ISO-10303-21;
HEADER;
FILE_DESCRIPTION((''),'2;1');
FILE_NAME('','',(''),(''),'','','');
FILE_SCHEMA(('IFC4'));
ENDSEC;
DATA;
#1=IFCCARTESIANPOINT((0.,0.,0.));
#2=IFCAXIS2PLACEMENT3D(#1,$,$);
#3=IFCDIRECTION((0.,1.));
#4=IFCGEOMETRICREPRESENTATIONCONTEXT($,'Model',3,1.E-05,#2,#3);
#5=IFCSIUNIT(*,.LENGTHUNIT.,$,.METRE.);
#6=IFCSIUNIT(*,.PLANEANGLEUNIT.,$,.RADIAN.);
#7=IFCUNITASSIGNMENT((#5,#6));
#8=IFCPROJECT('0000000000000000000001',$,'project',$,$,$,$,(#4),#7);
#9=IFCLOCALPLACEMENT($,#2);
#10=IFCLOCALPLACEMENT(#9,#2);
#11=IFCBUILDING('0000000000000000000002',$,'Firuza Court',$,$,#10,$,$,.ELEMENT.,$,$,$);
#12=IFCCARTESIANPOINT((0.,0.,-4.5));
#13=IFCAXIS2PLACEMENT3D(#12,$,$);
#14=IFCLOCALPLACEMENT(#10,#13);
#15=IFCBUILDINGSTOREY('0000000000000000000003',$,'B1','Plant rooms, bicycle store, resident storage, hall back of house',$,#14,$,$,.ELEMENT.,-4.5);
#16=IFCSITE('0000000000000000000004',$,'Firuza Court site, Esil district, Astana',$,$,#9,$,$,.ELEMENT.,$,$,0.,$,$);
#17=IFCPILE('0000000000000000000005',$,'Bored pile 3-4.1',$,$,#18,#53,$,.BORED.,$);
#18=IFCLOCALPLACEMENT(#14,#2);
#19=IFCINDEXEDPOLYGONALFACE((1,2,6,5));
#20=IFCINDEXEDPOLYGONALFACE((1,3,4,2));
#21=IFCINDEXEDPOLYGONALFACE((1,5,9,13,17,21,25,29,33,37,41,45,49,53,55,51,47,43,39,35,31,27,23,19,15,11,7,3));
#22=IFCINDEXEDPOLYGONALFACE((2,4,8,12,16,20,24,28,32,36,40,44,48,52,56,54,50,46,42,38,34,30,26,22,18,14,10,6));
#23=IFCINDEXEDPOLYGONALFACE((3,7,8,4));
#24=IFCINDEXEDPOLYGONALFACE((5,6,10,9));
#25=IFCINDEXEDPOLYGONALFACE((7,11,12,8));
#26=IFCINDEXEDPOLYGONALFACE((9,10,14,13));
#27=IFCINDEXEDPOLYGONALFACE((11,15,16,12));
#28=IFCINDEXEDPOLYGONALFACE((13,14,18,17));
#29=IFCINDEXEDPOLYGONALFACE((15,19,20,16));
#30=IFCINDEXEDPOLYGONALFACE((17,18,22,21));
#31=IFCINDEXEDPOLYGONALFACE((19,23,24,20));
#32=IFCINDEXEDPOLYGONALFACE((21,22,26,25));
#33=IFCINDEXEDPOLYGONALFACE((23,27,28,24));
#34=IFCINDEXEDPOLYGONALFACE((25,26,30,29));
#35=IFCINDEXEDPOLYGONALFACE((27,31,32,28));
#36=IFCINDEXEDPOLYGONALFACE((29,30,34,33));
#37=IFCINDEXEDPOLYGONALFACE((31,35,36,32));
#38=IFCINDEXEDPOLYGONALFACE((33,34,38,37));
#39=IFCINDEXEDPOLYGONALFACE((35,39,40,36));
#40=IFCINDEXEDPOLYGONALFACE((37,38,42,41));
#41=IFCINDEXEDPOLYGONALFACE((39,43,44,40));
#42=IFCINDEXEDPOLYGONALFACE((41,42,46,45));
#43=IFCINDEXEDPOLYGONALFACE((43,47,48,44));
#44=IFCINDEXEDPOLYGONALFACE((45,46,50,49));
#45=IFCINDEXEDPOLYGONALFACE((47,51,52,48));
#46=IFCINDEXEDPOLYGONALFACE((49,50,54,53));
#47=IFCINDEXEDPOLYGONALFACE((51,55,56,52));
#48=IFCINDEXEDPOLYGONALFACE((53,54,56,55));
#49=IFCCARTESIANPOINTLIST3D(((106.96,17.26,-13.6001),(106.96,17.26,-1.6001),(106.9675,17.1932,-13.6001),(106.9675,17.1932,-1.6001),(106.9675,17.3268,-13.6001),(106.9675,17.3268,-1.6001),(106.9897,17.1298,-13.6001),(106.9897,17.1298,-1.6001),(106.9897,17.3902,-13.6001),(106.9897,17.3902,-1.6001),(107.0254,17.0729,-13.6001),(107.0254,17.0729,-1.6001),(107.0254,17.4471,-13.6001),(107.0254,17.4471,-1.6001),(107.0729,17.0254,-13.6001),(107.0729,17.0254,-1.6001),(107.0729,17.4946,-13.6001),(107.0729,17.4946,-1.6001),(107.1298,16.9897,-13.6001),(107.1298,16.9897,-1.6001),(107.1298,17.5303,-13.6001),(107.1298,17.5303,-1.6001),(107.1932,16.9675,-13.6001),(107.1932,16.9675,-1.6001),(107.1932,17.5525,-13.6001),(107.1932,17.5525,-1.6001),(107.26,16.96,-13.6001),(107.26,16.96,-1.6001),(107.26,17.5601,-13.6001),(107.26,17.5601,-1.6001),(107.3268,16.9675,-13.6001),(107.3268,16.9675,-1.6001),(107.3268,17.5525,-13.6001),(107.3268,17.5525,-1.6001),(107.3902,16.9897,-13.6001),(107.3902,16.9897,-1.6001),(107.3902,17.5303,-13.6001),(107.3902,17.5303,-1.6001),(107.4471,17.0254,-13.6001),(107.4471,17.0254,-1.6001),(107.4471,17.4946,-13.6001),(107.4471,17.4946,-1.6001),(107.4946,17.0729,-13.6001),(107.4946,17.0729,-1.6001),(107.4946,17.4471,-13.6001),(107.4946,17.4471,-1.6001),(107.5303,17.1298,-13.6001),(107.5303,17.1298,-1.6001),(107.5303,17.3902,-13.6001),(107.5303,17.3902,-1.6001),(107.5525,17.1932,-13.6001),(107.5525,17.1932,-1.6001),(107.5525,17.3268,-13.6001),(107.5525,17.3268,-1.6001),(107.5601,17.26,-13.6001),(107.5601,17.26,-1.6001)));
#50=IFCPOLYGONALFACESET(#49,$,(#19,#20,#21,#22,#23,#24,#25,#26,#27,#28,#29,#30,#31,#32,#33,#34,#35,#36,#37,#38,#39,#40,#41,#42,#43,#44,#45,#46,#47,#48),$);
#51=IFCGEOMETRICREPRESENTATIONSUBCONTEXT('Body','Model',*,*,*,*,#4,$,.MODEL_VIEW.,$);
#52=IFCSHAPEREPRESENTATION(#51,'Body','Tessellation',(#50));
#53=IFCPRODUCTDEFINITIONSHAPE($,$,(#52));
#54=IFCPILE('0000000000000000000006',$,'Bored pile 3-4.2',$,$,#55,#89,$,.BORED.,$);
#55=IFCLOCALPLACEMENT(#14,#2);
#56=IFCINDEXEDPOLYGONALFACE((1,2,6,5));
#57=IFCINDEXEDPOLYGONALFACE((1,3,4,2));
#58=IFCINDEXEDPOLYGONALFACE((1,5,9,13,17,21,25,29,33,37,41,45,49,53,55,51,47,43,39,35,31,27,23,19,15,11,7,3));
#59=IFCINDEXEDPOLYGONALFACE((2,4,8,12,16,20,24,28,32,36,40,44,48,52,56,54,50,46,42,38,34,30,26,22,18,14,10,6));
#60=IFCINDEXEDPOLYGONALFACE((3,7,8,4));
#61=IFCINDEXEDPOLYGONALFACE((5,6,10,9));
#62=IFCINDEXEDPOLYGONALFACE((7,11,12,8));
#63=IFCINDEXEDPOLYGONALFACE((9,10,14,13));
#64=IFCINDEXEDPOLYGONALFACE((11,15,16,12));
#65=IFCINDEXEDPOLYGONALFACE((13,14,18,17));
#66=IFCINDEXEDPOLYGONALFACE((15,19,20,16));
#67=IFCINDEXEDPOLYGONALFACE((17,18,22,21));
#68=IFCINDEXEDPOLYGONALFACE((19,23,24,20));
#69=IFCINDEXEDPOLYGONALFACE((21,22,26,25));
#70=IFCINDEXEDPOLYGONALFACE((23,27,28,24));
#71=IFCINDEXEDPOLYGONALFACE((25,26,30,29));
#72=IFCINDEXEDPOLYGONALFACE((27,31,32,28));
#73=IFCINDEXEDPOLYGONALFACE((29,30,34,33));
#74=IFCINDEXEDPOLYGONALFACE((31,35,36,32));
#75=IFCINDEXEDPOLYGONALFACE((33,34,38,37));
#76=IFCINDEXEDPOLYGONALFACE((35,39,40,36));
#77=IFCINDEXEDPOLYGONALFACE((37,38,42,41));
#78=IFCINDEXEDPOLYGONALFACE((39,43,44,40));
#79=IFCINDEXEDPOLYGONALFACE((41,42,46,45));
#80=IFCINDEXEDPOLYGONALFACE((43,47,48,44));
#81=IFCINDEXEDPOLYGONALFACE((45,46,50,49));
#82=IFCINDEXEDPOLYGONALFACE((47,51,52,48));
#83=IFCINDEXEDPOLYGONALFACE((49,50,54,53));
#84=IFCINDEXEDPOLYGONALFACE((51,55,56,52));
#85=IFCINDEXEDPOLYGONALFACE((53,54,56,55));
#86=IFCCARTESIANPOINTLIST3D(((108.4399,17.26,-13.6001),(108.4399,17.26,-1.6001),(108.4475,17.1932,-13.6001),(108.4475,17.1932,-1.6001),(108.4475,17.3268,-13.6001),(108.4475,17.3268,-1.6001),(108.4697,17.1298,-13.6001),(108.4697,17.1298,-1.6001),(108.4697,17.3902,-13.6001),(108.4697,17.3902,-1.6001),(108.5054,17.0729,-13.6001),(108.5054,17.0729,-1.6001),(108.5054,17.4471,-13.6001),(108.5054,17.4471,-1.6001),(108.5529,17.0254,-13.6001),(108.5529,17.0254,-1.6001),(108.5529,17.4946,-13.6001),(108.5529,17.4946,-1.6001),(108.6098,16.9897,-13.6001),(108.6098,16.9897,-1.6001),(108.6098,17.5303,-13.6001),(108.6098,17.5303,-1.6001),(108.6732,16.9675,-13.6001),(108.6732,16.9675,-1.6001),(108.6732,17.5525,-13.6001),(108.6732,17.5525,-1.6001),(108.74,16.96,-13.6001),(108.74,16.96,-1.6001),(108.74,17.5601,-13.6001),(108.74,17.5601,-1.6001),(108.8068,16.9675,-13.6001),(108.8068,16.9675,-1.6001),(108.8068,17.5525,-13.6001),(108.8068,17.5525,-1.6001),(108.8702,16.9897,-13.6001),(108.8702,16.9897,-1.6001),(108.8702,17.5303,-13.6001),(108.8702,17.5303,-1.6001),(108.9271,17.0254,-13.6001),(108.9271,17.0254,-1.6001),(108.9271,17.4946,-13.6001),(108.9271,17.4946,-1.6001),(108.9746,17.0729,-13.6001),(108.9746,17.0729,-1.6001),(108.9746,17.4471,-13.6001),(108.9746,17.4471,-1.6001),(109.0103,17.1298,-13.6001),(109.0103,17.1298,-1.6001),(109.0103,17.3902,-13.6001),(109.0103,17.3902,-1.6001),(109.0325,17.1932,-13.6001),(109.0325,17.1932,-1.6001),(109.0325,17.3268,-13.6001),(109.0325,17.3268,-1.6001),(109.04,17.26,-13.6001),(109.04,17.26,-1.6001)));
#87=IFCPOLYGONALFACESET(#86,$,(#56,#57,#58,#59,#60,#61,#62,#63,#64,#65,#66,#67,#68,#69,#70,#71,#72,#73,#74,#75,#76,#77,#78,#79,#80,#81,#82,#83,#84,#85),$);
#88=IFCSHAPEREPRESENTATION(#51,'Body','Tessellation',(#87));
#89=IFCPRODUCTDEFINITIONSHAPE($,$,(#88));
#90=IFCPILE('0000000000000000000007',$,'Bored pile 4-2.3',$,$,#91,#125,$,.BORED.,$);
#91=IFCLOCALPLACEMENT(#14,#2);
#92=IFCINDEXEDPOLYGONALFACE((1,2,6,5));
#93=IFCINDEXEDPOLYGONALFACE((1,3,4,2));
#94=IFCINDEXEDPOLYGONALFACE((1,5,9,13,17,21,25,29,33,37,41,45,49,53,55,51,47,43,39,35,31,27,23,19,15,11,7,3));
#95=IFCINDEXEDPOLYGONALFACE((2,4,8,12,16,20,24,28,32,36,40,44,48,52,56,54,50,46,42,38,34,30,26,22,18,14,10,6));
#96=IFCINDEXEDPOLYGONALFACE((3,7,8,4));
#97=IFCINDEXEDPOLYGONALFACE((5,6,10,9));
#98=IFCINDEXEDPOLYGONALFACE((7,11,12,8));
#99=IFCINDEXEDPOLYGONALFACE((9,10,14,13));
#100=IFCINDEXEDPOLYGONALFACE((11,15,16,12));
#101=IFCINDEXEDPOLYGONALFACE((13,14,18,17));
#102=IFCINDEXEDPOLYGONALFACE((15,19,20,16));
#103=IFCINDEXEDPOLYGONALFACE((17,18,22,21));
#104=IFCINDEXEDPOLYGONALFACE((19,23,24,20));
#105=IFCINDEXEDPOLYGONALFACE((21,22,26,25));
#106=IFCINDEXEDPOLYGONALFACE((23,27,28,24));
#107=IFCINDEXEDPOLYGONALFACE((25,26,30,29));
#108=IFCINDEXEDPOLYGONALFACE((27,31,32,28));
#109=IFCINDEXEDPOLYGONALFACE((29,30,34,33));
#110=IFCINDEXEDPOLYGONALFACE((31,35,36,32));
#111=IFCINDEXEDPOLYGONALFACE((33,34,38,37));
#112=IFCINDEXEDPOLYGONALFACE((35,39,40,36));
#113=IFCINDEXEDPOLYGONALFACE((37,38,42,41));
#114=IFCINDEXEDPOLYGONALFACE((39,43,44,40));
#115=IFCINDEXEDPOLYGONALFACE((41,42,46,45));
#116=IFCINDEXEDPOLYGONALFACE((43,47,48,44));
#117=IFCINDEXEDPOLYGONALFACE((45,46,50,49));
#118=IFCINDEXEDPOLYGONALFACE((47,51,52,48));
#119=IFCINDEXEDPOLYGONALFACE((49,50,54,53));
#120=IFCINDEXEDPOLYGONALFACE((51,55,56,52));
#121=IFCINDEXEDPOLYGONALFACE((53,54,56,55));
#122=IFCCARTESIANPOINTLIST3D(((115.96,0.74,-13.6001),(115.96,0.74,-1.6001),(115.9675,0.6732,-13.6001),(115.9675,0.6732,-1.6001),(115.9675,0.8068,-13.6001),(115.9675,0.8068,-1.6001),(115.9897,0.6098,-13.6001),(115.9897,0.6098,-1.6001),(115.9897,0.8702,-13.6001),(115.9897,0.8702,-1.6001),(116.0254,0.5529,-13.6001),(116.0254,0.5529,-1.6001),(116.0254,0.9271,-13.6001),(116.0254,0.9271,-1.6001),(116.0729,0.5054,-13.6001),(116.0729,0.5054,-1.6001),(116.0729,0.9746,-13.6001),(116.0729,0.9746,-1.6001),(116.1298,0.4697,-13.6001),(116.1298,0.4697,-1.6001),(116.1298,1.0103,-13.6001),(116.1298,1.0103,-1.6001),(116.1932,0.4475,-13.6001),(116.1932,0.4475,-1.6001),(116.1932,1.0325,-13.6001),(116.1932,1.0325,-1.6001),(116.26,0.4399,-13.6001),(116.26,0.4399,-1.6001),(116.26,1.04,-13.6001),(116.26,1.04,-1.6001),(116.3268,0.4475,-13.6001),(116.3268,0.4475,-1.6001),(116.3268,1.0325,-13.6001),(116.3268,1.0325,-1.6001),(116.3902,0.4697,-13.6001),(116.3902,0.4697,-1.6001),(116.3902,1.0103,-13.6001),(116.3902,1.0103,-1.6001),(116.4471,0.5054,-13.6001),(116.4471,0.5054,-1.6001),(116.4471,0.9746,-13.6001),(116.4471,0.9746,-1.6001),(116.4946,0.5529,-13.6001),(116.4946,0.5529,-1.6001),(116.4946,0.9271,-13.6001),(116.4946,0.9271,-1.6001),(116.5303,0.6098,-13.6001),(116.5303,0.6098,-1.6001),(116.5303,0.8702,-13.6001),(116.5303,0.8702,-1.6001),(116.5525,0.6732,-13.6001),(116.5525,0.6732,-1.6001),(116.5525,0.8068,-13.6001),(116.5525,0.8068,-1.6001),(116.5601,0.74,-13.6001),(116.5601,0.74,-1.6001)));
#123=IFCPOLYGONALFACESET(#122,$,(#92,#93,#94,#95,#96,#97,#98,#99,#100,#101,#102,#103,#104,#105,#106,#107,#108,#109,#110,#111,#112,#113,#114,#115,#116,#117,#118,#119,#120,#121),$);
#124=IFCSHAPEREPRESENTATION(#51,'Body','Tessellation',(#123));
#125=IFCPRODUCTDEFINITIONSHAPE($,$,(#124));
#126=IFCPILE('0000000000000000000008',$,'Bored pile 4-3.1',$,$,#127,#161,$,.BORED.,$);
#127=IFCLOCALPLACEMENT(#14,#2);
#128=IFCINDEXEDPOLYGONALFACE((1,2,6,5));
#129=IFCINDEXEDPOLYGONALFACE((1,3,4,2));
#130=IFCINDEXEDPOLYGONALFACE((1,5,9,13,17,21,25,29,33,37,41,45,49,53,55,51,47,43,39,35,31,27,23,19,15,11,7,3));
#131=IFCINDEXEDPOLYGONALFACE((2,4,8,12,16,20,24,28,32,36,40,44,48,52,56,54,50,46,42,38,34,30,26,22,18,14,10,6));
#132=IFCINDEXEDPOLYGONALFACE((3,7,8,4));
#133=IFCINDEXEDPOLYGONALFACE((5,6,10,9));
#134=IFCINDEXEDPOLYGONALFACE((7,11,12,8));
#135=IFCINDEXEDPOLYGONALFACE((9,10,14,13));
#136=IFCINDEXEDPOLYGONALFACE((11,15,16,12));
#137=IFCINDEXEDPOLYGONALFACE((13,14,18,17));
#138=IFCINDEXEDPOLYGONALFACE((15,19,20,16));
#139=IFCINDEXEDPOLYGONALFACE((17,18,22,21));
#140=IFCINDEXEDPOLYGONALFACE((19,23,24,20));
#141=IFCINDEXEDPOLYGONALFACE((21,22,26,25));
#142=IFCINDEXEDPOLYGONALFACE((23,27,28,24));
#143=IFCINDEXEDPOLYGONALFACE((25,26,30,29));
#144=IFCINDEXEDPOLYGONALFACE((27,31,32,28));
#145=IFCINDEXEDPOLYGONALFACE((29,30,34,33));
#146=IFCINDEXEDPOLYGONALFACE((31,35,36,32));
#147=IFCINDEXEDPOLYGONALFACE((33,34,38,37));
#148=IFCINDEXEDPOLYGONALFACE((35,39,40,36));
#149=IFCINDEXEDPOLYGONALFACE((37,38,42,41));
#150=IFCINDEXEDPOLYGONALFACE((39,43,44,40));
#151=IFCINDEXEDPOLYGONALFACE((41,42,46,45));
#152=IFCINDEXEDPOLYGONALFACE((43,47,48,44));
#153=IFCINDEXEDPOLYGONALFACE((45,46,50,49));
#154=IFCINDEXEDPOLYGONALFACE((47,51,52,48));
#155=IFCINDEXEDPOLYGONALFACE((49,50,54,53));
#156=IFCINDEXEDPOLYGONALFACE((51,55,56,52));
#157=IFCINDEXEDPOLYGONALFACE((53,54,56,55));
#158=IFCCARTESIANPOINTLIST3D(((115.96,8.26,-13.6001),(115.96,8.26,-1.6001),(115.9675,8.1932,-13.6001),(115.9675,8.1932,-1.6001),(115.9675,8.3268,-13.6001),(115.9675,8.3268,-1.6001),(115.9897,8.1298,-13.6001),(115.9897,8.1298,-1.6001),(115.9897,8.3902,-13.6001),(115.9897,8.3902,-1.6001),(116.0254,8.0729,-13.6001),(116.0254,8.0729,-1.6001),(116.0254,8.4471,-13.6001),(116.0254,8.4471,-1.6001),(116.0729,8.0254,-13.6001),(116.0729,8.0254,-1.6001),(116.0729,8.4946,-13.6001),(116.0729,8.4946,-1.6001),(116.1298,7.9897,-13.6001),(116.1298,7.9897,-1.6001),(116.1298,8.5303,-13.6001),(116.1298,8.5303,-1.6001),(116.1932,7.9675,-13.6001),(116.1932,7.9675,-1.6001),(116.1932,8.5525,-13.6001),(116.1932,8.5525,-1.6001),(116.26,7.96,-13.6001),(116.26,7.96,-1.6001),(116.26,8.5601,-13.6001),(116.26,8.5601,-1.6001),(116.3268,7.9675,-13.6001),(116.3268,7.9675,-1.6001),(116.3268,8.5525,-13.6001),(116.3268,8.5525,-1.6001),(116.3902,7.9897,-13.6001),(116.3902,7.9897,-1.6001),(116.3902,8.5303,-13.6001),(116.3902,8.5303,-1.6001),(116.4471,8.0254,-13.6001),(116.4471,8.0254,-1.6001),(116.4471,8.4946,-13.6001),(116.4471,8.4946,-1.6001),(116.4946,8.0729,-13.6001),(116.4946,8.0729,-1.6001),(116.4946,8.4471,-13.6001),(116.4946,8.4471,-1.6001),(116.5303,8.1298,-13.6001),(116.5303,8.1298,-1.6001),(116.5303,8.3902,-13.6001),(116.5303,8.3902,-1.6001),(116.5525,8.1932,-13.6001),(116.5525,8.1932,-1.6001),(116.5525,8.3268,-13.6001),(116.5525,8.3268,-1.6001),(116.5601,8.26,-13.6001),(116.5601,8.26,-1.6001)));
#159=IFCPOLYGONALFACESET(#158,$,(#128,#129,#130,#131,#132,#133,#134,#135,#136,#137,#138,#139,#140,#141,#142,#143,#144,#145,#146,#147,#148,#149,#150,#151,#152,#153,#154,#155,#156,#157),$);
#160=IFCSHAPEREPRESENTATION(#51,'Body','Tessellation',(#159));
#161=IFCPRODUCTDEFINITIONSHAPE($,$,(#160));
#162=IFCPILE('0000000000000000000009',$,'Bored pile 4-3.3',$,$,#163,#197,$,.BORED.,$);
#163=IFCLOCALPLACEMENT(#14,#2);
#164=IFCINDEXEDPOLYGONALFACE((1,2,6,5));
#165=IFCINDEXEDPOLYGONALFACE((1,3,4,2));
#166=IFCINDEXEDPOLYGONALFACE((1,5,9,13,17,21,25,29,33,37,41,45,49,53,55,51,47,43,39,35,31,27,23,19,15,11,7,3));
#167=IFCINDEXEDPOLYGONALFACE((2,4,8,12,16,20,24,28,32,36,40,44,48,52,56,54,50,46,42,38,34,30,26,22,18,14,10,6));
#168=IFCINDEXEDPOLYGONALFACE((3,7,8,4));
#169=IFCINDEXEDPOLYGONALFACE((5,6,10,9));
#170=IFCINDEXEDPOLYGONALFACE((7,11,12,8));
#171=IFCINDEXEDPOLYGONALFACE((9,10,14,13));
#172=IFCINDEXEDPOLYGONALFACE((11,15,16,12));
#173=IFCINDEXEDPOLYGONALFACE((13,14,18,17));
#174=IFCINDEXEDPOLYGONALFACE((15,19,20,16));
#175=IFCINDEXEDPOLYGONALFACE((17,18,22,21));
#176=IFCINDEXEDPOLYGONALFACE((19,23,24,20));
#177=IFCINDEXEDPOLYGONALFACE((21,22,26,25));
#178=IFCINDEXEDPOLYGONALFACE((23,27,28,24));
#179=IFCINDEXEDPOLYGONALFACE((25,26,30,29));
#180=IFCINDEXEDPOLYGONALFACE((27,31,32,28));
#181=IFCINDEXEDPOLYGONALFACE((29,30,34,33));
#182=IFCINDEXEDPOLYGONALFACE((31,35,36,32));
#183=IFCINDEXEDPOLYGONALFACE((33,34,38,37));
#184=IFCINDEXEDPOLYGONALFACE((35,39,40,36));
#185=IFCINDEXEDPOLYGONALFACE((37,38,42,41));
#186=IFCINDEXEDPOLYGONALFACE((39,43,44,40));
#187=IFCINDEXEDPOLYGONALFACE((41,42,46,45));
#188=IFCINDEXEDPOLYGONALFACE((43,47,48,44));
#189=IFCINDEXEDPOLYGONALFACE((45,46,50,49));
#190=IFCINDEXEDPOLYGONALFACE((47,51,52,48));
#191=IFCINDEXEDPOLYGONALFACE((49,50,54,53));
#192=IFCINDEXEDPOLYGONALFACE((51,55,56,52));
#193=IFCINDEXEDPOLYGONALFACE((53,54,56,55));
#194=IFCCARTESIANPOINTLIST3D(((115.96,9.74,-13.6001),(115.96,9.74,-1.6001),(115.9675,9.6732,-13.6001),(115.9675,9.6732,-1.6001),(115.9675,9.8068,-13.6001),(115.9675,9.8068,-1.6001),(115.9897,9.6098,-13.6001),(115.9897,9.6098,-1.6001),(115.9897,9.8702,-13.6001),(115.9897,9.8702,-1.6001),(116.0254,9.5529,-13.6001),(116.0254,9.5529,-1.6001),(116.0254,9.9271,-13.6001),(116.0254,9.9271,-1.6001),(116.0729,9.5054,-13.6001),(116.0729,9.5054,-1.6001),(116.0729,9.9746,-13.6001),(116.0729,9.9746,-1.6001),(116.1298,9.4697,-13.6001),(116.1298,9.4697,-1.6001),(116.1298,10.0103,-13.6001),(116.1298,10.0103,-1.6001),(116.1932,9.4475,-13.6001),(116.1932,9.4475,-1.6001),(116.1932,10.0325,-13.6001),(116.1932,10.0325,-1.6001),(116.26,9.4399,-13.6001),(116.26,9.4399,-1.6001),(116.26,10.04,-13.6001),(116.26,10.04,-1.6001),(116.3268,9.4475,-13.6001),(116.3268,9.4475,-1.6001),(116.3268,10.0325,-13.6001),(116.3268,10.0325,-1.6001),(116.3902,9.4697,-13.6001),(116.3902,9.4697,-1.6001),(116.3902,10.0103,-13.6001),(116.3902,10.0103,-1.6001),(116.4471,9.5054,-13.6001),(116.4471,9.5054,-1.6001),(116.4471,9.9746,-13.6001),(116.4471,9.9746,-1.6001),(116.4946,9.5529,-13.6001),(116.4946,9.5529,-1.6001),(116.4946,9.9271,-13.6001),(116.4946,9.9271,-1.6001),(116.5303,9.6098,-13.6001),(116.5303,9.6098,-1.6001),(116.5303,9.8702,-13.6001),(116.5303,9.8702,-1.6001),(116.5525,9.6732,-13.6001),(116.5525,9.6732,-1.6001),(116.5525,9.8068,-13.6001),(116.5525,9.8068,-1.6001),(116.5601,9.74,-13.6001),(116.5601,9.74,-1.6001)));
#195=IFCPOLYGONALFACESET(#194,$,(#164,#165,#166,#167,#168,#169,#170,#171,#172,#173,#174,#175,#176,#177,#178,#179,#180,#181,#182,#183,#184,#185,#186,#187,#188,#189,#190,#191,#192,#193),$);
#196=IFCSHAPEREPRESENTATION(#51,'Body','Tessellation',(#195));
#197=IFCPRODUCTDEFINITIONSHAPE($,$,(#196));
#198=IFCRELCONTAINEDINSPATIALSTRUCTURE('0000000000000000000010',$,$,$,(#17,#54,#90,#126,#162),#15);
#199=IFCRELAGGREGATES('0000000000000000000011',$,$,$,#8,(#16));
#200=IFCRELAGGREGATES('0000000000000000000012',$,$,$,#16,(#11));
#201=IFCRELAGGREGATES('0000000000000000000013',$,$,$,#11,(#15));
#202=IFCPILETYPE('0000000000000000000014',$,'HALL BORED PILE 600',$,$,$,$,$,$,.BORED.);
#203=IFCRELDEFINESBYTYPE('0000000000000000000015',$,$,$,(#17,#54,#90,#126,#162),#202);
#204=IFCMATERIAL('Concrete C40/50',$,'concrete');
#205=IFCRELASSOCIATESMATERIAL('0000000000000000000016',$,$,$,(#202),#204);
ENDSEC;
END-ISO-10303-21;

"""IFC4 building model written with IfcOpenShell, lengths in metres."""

from ifc_helpers import new_model, si_unit, direction, frame, origin, origin_2d, place, context, subcontext, project, spatial, circle, extrude, material, material_profile, profile_set, type_object, element, save


model = new_model("IFC4")

# Units and contexts
model_context = context("Model", 3, precision=1e-05, world=origin(), true_north=direction((0.0, 1.0)))
body_context = subcontext(model_context, "Body", "Model", "MODEL_VIEW")
ifc_project = project(units=[si_unit("LENGTHUNIT", "METRE"), si_unit("PLANEANGLEUNIT", "RADIAN")], contexts=[model_context])

# Site, building, storey
site_placement = place(None, origin())
site = spatial("IfcSite", under=ifc_project, at=site_placement, Name="Firuza Court site, Esil district, Astana", CompositionType="ELEMENT", RefElevation=0.0)
building_placement = place(site_placement, origin())
building = spatial("IfcBuilding", under=site, at=building_placement, Name="Firuza Court", CompositionType="ELEMENT")
storey_placement = place(building_placement, frame((0.0, 0.0, -4.5)))
storey = spatial("IfcBuildingStorey", under=building, at=storey_placement, Name="B1", Description="Plant rooms, bicycle store, resident storage, hall back of house", CompositionType="ELEMENT", Elevation=-4.5)

# Piles
ifc_material_1 = material(Name="Concrete C40/50", Category="concrete")
ifc_material_profile_1 = material_profile(ifc_material_1, circle(Radius=0.3, at=origin_2d()), Name="PILE 600")
ifc_profile_set_1 = profile_set([ifc_material_profile_1], Name="Concrete C40/50")
pile_type = type_object("IfcPileType", Name="HALL BORED PILE 600", PredefinedType="BORED", material=ifc_profile_set_1)
for number, where, z_axis, x_axis, name in (
    (1, (107.26, 17.26, -1.6001), (0.0, 0.0, -1.0), (1.0, 0.0, 0.0), "Bored pile 3-4.1"),
    (2, (108.74, 17.26, -1.6001), (0.0, 0.0, -1.0), (1.0, 0.0, 0.0), "Bored pile 3-4.2"),
    (3, (116.26, 0.74, -1.6001), (0.0, 0.0, -1.0), (1.0, 0.0, 0.0), "Bored pile 4-2.3"),
    (4, (116.26, 8.26, -1.6001), (0.0, 0.0, -1.0), (1.0, 0.0, 0.0), "Bored pile 4-3.1"),
    (5, (116.26, 9.74, -1.6001), (0.0, 0.0, -1.0), (1.0, 0.0, 0.0), "Bored pile 4-3.3"),
):
    element("IfcPile", number, at=place(storey_placement, frame(where, z_axis=z_axis, x_axis=x_axis)), inside=storey, type_object=pile_type, Name=name, PredefinedType="BORED", context=body_context, shape_type="SweptSolid", body=[
        extrude(circle(Radius=0.3, at=origin_2d()), origin(), (0.0, 0.0, 1.0), 12.0),
    ])

save(model, "model.ifc")
